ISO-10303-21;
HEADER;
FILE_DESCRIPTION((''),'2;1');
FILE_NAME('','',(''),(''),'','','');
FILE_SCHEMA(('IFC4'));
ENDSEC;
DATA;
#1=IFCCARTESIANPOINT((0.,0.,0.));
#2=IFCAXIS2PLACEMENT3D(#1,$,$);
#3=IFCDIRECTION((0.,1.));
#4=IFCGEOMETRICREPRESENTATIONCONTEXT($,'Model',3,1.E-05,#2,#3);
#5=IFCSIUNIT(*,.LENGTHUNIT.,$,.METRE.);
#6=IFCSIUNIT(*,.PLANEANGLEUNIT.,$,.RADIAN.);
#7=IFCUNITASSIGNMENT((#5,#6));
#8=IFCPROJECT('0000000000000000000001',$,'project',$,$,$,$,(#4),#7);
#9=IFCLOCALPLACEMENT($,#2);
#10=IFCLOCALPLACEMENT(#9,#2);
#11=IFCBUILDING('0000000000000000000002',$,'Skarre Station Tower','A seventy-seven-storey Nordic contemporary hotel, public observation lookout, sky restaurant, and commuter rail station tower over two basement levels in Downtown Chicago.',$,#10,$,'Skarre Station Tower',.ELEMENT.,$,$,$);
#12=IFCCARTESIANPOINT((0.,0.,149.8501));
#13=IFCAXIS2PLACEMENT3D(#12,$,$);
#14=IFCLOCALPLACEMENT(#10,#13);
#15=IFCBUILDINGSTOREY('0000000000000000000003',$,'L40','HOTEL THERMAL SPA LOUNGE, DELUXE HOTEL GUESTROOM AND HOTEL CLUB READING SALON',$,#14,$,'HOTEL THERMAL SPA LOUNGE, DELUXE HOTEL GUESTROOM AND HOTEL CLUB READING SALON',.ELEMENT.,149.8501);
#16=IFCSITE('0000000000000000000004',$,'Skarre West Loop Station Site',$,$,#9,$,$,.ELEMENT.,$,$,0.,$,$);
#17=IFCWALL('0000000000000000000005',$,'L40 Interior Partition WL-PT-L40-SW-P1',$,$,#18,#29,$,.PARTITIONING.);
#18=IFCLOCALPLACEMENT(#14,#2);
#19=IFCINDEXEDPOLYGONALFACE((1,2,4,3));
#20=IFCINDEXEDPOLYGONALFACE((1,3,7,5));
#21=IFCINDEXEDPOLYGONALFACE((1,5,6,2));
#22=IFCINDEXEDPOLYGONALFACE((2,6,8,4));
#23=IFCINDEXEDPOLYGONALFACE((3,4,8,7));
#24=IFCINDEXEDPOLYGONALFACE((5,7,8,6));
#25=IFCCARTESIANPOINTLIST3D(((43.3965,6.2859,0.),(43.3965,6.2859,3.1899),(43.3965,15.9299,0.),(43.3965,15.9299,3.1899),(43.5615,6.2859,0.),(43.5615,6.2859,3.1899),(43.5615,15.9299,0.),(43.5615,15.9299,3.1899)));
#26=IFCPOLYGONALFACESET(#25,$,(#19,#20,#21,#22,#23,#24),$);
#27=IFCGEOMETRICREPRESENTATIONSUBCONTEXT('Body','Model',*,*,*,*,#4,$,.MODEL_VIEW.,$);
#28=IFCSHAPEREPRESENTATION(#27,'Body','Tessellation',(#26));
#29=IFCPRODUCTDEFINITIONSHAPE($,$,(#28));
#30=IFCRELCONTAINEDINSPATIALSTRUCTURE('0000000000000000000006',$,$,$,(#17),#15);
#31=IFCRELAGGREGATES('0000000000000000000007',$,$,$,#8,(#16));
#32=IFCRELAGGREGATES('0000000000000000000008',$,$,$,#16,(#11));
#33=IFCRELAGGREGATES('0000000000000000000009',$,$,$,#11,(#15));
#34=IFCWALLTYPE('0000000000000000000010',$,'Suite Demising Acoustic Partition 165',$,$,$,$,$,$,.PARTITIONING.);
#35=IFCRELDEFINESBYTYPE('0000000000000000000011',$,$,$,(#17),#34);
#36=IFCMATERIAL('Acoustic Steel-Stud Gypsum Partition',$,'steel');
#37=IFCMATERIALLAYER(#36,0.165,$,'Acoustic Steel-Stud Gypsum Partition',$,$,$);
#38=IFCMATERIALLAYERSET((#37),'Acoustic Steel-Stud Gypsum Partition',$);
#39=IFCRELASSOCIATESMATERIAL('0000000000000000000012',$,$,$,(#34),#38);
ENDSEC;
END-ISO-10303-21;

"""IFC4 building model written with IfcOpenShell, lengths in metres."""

from ifc_helpers import new_model, si_unit, direction, frame, frame_2d, origin, place, context, subcontext, project, spatial, rectangle, extrude, material, layer, layer_set, type_object, element, save


model = new_model("IFC4")

# Units and contexts
model_context = context("Model", 3, precision=1e-05, world=origin(), true_north=direction((0.0, 1.0)))
body_context = subcontext(model_context, "Body", "Model", "MODEL_VIEW")
ifc_project = project(units=[si_unit("LENGTHUNIT", "METRE"), si_unit("PLANEANGLEUNIT", "RADIAN")], contexts=[model_context])

# Site, building, storey
site_placement = place(None, origin())
site = spatial("IfcSite", under=ifc_project, at=site_placement, Name="Skarre West Loop Station Site", CompositionType="ELEMENT", RefElevation=0.0)
building_placement = place(site_placement, origin())
building = spatial("IfcBuilding", under=site, at=building_placement, Name="Skarre Station Tower", Description="A seventy-seven-storey Nordic contemporary hotel, public observation lookout, sky restaurant, and commuter rail station tower over two basement levels in Downtown Chicago.", LongName="Skarre Station Tower", CompositionType="ELEMENT")
storey_placement = place(building_placement, frame((0.0, 0.0, 149.8501)))
storey = spatial("IfcBuildingStorey", under=building, at=storey_placement, Name="L40", Description="HOTEL THERMAL SPA LOUNGE, DELUXE HOTEL GUESTROOM AND HOTEL CLUB READING SALON", LongName="HOTEL THERMAL SPA LOUNGE, DELUXE HOTEL GUESTROOM AND HOTEL CLUB READING SALON", CompositionType="ELEMENT", Elevation=149.8501)

# Wall
ifc_material_1 = material(Name="Acoustic Steel-Stud Gypsum Partition", Category="steel")
ifc_layer_1 = layer(ifc_material_1, 0.165, Name="Acoustic Steel-Stud Gypsum Partition")
ifc_layer_set_1 = layer_set([ifc_layer_1], Name="Acoustic Steel-Stud Gypsum Partition")
wall_type_1 = type_object("IfcWallType", Name="Suite Demising Acoustic Partition 165", PredefinedType="PARTITIONING", material=ifc_layer_set_1)
wall_1_placement = place(storey_placement, frame((43.479, 6.2859, 0.0), z_axis=(0.0, 0.0, 1.0), x_axis=(0.0, 1.0, 0.0)))
element("IfcWall", 1, at=wall_1_placement, inside=storey, type_object=wall_type_1, Name="L40 Interior Partition WL-PT-L40-SW-P1", PredefinedType="PARTITIONING", context=body_context, shape_type="SweptSolid", body=[
    extrude(rectangle(XDim=9.644, YDim=0.165, at=frame_2d((4.822, 0.0))), origin(), (0.0, 0.0, 1.0), 3.1899),
])

save(model, "model.ifc")
